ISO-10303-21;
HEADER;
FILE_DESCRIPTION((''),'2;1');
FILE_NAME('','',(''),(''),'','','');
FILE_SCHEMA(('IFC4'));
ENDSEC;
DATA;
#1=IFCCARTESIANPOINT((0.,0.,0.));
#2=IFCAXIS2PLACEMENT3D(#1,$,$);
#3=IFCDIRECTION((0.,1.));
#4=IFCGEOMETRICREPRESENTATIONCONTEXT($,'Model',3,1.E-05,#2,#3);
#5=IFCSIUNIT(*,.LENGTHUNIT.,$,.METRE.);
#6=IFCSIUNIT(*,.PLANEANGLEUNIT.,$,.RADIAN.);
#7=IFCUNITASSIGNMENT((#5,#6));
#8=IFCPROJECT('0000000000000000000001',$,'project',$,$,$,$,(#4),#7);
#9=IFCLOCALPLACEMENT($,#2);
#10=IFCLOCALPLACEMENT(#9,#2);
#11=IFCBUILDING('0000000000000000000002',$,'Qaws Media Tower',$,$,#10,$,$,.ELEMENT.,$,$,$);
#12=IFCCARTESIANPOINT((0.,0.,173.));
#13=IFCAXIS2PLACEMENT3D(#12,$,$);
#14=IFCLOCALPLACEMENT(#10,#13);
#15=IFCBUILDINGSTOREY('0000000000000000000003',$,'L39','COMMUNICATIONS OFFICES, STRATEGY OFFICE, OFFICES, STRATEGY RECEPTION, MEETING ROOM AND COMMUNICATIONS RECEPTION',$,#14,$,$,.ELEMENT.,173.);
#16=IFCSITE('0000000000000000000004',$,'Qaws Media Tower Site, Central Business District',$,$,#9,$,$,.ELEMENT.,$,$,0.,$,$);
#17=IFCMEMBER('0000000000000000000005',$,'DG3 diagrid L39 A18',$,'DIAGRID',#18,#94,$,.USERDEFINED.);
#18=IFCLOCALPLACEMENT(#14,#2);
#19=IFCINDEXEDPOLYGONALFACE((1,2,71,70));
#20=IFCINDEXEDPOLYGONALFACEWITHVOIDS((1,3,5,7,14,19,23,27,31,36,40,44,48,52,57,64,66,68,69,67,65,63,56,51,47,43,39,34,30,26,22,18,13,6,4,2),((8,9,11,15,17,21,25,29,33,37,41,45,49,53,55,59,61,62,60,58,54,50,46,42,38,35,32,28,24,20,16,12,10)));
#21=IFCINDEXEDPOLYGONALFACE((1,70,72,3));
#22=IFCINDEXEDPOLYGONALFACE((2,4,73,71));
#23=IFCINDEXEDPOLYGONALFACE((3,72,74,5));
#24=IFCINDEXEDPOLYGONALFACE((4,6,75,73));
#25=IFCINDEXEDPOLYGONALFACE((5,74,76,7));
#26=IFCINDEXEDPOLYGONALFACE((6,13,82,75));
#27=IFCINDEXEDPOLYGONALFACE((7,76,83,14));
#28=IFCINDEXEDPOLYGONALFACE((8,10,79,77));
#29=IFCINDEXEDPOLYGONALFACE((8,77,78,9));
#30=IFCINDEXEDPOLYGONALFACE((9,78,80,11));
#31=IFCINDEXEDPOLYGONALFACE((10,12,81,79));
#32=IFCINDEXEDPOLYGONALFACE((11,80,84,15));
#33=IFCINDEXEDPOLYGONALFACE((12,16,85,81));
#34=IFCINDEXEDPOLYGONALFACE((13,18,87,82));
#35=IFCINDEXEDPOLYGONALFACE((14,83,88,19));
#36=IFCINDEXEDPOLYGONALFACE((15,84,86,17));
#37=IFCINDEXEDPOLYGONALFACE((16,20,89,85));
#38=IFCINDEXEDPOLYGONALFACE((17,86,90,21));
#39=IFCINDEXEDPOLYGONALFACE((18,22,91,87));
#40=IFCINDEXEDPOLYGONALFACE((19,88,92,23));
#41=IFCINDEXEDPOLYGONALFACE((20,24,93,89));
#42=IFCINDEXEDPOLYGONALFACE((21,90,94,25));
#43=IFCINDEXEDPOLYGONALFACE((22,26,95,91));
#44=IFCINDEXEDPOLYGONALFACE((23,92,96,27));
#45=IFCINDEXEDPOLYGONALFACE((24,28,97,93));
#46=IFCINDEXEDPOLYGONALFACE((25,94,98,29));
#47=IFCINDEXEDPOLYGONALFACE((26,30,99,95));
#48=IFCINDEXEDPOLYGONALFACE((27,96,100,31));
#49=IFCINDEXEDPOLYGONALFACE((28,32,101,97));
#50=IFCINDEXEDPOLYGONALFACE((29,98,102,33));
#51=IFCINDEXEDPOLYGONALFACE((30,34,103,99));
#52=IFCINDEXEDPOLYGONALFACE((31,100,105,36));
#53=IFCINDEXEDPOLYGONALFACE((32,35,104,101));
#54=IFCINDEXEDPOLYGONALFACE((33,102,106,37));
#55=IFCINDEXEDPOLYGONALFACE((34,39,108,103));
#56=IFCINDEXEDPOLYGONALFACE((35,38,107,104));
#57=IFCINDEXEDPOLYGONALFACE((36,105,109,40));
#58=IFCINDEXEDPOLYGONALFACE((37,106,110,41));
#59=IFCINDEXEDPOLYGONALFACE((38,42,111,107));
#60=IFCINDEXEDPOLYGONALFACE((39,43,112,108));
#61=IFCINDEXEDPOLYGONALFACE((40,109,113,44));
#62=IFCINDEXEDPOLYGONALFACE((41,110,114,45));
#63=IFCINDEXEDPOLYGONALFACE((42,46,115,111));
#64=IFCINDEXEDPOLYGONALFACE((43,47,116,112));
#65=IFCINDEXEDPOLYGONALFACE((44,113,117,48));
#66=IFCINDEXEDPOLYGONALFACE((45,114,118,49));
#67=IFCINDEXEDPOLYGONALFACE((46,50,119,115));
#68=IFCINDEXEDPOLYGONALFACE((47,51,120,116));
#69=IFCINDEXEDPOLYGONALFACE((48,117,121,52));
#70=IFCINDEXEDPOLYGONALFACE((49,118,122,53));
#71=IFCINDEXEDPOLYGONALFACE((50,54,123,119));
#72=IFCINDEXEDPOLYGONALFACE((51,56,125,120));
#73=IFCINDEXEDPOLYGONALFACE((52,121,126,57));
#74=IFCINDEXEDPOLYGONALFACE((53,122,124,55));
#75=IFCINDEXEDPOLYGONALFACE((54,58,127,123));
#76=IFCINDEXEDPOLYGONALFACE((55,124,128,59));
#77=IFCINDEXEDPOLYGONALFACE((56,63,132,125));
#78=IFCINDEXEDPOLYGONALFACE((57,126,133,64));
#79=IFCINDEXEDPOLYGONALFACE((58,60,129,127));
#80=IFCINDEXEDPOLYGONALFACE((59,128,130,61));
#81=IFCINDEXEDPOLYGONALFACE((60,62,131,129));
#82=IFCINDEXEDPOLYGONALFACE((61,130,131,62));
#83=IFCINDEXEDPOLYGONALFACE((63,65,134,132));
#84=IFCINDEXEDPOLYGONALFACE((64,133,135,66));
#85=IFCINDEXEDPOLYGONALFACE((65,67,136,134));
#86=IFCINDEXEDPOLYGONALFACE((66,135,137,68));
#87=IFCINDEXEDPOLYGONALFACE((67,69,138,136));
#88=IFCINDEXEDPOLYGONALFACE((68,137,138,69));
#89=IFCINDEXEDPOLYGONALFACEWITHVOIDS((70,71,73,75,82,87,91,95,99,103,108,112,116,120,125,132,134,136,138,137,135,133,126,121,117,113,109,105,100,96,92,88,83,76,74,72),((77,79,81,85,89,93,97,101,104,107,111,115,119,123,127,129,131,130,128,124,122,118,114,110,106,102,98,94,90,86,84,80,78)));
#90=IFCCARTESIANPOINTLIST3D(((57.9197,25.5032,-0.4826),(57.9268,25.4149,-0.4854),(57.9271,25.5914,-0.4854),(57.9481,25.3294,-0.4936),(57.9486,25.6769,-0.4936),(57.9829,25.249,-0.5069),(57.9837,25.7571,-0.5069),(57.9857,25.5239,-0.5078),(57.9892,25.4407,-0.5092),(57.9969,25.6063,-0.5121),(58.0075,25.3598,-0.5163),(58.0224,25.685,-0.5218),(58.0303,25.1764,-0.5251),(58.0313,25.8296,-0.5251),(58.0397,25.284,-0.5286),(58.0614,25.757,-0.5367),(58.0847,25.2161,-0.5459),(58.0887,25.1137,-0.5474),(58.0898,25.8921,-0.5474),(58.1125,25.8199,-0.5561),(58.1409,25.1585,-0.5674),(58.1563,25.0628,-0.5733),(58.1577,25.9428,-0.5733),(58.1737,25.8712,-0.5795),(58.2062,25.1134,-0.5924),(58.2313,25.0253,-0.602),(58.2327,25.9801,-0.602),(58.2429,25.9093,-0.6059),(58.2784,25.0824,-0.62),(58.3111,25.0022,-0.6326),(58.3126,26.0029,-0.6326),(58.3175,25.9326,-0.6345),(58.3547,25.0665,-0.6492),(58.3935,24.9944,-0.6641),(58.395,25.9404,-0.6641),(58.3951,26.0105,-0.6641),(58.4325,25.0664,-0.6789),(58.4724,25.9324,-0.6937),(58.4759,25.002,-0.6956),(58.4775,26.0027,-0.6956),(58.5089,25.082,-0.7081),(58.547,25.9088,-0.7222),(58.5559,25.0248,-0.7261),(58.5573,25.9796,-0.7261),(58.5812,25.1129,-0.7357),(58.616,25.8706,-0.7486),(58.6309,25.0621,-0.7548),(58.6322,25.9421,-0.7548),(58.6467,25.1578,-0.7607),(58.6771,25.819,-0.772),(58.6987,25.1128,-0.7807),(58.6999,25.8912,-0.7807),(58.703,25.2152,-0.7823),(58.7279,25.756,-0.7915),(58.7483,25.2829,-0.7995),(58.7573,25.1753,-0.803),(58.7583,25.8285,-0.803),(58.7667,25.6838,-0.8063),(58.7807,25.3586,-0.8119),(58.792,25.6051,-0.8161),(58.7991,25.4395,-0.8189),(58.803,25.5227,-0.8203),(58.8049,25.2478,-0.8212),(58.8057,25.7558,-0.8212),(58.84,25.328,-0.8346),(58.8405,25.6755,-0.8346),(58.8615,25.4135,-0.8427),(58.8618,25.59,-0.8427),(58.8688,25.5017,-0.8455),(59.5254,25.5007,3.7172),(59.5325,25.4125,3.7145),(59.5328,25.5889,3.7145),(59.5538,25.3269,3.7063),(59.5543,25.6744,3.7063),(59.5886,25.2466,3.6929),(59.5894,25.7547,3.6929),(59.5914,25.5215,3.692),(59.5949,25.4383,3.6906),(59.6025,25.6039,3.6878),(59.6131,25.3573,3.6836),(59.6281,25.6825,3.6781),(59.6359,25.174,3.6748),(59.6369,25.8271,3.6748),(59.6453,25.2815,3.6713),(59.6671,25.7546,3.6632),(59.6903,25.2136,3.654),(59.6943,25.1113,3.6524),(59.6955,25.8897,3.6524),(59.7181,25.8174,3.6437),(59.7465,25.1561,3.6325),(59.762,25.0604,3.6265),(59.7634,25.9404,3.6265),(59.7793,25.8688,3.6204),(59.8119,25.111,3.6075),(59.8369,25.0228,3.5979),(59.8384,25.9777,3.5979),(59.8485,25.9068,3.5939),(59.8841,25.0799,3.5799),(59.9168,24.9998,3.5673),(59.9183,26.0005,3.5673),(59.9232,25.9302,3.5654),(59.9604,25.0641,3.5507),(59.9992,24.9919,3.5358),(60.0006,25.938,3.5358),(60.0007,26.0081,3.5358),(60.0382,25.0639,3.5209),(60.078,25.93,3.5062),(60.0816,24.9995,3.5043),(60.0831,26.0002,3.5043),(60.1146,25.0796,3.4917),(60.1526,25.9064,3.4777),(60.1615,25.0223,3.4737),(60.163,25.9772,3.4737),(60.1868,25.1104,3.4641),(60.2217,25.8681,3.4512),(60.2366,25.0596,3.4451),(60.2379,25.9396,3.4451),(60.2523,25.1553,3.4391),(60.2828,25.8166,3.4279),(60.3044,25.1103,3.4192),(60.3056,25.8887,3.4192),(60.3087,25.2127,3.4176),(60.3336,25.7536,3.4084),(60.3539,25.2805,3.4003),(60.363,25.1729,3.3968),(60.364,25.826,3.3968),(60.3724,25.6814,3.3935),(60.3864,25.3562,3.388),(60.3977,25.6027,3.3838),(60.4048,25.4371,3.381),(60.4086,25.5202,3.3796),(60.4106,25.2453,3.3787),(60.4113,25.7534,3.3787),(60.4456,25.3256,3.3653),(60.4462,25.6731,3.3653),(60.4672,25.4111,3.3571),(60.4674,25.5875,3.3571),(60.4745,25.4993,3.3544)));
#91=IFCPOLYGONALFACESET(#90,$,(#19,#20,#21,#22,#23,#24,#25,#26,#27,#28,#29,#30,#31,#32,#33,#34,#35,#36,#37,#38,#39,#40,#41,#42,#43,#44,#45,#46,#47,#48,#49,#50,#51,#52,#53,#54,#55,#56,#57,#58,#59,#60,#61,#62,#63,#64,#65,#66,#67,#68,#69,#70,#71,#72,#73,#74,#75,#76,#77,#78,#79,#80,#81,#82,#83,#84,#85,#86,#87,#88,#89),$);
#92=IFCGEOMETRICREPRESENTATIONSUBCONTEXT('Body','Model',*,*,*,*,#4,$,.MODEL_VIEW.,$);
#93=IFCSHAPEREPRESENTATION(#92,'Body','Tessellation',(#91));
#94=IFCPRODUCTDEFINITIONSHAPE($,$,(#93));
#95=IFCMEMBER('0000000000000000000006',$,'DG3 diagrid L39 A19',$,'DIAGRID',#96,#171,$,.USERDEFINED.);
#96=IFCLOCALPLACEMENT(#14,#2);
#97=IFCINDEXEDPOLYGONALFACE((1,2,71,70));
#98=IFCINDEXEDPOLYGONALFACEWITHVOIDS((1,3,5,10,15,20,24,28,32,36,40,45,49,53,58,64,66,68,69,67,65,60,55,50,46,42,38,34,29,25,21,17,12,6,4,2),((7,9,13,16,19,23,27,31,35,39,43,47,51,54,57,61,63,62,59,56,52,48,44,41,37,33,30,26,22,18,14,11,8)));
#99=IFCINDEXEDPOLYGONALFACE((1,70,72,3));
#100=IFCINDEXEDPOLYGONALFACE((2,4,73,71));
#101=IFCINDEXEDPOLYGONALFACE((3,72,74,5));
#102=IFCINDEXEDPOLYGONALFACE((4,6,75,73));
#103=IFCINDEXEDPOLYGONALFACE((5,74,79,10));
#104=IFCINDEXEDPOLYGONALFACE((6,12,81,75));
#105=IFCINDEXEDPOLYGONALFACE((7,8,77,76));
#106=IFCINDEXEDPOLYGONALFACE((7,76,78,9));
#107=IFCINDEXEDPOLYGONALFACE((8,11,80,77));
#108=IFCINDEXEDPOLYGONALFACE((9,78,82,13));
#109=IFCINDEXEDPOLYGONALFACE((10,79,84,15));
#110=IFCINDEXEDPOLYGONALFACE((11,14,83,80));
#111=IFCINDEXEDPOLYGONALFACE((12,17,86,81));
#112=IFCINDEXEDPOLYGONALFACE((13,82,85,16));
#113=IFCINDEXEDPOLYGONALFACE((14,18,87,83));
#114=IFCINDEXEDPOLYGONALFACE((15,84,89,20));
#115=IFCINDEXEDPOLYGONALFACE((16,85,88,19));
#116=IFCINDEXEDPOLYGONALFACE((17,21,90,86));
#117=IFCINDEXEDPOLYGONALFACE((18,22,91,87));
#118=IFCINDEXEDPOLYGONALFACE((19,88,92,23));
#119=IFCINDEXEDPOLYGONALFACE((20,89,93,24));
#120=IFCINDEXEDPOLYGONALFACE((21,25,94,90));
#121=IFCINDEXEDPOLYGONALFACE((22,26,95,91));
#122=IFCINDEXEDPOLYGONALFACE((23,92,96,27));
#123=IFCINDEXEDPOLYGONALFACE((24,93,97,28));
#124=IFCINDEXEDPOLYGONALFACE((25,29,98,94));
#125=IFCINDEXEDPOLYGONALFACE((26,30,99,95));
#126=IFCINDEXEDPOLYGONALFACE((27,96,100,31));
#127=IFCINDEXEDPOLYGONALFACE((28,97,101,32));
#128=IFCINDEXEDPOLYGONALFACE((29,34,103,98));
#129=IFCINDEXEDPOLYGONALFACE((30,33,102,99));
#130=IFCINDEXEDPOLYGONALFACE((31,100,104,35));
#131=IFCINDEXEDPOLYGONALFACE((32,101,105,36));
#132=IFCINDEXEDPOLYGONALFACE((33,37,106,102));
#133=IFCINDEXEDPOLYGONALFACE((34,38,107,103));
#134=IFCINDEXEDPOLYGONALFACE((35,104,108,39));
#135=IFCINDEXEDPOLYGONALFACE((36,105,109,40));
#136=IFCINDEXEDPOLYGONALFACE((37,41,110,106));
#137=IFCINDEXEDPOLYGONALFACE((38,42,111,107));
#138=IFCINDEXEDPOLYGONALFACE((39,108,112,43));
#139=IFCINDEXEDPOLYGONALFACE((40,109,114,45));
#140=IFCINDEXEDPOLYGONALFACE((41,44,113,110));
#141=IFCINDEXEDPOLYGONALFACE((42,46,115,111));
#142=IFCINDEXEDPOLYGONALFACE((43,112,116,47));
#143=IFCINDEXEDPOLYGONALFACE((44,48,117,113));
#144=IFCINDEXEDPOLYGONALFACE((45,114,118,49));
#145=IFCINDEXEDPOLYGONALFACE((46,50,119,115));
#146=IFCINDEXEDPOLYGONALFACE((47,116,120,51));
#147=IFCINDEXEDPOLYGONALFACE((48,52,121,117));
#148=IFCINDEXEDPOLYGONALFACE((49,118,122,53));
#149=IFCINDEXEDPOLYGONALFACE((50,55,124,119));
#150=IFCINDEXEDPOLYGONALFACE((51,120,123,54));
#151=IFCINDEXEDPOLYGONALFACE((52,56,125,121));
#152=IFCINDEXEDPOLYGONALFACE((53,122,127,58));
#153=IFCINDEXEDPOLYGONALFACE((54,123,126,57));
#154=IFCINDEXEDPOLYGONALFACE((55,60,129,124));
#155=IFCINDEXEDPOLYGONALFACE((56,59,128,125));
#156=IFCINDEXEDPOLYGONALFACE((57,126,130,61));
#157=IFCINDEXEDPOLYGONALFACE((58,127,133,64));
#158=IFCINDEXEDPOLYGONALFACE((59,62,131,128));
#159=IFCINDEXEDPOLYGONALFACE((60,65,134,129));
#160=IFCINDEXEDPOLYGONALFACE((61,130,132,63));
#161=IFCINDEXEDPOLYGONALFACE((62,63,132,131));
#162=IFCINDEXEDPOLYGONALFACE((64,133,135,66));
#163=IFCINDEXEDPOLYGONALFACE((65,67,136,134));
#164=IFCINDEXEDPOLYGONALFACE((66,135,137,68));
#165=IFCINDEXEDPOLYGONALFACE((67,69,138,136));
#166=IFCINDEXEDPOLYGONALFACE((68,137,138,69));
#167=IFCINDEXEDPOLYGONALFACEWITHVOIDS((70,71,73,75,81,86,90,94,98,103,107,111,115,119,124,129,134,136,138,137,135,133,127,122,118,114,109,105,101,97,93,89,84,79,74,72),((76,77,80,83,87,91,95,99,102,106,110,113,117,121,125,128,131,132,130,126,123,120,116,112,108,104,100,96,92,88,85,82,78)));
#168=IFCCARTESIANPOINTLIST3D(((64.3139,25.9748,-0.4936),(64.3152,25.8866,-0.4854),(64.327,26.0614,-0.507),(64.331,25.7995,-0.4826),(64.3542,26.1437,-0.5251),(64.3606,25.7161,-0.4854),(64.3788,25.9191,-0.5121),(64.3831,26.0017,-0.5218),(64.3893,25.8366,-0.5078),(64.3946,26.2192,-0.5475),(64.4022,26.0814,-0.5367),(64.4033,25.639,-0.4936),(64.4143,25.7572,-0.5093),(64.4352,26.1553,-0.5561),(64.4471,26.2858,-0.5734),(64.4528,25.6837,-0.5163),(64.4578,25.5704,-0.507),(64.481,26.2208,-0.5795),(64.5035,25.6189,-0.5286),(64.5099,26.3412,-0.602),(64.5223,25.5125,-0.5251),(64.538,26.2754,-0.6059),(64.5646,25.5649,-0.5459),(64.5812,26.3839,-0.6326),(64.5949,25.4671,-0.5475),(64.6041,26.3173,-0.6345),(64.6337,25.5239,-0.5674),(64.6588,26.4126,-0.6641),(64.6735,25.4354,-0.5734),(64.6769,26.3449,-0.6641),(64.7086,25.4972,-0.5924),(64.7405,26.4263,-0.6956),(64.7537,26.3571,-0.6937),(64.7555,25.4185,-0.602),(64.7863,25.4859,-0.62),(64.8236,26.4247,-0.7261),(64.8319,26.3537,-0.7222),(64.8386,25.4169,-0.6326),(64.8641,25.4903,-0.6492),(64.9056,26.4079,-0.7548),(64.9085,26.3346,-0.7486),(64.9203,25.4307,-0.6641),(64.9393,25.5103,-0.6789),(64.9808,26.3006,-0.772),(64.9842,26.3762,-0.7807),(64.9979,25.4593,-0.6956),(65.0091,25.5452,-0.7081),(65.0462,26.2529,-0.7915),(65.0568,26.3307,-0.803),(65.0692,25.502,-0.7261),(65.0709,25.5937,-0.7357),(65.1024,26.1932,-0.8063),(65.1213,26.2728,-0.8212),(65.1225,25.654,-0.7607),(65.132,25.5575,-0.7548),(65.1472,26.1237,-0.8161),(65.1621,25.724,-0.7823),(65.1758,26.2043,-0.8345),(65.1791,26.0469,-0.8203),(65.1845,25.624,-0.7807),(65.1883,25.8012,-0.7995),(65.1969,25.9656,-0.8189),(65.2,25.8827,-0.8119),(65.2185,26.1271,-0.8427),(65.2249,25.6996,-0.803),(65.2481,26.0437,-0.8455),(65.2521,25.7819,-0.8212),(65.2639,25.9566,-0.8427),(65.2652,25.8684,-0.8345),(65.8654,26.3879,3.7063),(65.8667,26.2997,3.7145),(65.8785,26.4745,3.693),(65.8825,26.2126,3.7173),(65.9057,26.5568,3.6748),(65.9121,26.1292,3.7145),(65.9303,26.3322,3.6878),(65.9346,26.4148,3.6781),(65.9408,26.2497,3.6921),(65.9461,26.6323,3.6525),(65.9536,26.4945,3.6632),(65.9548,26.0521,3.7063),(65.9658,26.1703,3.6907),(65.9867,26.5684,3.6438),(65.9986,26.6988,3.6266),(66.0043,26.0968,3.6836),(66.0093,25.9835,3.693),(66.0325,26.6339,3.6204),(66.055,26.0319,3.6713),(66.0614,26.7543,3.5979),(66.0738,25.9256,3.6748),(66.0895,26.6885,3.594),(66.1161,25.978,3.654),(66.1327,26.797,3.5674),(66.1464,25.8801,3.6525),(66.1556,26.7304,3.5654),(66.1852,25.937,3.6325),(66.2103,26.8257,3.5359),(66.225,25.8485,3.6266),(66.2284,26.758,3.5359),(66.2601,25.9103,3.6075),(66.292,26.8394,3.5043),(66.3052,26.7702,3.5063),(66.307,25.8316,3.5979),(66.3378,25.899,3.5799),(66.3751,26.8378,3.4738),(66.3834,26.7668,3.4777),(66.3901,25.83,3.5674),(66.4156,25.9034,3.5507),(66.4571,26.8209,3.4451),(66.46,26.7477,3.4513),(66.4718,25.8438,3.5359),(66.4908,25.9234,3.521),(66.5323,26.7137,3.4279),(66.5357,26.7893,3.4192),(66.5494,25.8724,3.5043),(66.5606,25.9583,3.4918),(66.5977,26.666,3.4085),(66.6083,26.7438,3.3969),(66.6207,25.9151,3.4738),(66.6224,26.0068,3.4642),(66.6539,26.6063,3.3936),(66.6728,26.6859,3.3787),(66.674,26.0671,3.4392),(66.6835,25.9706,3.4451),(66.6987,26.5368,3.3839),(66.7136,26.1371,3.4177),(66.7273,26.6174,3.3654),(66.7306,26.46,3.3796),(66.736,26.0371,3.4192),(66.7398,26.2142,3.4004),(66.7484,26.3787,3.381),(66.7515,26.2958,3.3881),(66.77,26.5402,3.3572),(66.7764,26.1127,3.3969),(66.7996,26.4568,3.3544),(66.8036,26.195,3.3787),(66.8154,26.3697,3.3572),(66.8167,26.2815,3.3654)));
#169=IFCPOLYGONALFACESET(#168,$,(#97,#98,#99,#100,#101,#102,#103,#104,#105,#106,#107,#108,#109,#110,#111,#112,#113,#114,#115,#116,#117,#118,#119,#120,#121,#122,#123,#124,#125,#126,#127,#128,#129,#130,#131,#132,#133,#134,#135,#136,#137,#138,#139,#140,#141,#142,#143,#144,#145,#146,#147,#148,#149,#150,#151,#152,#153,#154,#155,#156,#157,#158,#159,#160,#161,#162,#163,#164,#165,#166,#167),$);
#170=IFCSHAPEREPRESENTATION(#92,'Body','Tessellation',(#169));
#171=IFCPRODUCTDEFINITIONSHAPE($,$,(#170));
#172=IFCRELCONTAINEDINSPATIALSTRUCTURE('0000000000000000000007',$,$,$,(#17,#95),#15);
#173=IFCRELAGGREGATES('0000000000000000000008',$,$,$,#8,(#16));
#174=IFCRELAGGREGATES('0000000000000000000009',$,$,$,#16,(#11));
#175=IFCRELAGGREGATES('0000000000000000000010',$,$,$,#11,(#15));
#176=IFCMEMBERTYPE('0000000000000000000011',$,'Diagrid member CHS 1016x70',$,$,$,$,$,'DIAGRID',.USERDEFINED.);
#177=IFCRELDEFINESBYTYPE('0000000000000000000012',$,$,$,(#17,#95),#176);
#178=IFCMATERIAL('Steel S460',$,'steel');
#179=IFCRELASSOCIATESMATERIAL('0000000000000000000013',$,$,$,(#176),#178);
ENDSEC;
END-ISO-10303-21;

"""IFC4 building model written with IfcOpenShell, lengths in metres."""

from ifc_helpers import new_model, si_unit, direction, frame, origin, origin_2d, place, context, subcontext, project, spatial, hollow_circle, extrude, material, material_profile, profile_set, type_object, element, save


model = new_model("IFC4")

# Units and contexts
model_context = context("Model", 3, precision=1e-05, world=origin(), true_north=direction((0.0, 1.0)))
body_context = subcontext(model_context, "Body", "Model", "MODEL_VIEW")
ifc_project = project(units=[si_unit("LENGTHUNIT", "METRE"), si_unit("PLANEANGLEUNIT", "RADIAN")], contexts=[model_context])

# Site, building, storey
site_placement = place(None, origin())
site = spatial("IfcSite", under=ifc_project, at=site_placement, Name="Qaws Media Tower Site, Central Business District", CompositionType="ELEMENT", RefElevation=0.0)
building_placement = place(site_placement, origin())
building = spatial("IfcBuilding", under=site, at=building_placement, Name="Qaws Media Tower", CompositionType="ELEMENT")
storey_placement = place(building_placement, frame((0.0, 0.0, 173.0)))
storey = spatial("IfcBuildingStorey", under=building, at=storey_placement, Name="L39", Description="COMMUNICATIONS OFFICES, STRATEGY OFFICE, OFFICES, STRATEGY RECEPTION, MEETING ROOM AND COMMUNICATIONS RECEPTION", CompositionType="ELEMENT", Elevation=173.0)

# Members
ifc_material_1 = material(Name="Steel S460", Category="steel")
ifc_material_profile_1 = material_profile(ifc_material_1, hollow_circle(Radius=0.5081, WallThickness=0.0701, at=origin_2d()), Name="CHS 1016x70")
ifc_profile_set_1 = profile_set([ifc_material_profile_1], Name="Steel S460")
member_type_1 = type_object("IfcMemberType", Name="Diagrid member CHS 1016x70", ElementType="DIAGRID", PredefinedType="USERDEFINED", material=ifc_profile_set_1)
for number, where, z_axis, x_axis, name in (
    (1, (58.3943, 25.5024, -0.6641), (0.357108, -0.000543, 0.934063), (0.00152, 0.999999, 0.0), "DG3 diagrid L39 A18"),
    (2, (64.7896, 25.9216, -0.6641), (0.345058, 0.091871, 0.934074), (-0.257284, 0.966336, 0.0), "DG3 diagrid L39 A19"),
):
    element("IfcMember", number, at=place(storey_placement, frame(where, z_axis=z_axis, x_axis=x_axis)), inside=storey, type_object=member_type_1, Name=name, ObjectType="DIAGRID", PredefinedType="USERDEFINED", context=body_context, shape_type="SweptSolid", body=[
        extrude(hollow_circle(Radius=0.5081, WallThickness=0.0701, at=origin_2d()), origin(), (0.0, 0.0, 1.0), 4.4963),
    ])

save(model, "model.ifc")
